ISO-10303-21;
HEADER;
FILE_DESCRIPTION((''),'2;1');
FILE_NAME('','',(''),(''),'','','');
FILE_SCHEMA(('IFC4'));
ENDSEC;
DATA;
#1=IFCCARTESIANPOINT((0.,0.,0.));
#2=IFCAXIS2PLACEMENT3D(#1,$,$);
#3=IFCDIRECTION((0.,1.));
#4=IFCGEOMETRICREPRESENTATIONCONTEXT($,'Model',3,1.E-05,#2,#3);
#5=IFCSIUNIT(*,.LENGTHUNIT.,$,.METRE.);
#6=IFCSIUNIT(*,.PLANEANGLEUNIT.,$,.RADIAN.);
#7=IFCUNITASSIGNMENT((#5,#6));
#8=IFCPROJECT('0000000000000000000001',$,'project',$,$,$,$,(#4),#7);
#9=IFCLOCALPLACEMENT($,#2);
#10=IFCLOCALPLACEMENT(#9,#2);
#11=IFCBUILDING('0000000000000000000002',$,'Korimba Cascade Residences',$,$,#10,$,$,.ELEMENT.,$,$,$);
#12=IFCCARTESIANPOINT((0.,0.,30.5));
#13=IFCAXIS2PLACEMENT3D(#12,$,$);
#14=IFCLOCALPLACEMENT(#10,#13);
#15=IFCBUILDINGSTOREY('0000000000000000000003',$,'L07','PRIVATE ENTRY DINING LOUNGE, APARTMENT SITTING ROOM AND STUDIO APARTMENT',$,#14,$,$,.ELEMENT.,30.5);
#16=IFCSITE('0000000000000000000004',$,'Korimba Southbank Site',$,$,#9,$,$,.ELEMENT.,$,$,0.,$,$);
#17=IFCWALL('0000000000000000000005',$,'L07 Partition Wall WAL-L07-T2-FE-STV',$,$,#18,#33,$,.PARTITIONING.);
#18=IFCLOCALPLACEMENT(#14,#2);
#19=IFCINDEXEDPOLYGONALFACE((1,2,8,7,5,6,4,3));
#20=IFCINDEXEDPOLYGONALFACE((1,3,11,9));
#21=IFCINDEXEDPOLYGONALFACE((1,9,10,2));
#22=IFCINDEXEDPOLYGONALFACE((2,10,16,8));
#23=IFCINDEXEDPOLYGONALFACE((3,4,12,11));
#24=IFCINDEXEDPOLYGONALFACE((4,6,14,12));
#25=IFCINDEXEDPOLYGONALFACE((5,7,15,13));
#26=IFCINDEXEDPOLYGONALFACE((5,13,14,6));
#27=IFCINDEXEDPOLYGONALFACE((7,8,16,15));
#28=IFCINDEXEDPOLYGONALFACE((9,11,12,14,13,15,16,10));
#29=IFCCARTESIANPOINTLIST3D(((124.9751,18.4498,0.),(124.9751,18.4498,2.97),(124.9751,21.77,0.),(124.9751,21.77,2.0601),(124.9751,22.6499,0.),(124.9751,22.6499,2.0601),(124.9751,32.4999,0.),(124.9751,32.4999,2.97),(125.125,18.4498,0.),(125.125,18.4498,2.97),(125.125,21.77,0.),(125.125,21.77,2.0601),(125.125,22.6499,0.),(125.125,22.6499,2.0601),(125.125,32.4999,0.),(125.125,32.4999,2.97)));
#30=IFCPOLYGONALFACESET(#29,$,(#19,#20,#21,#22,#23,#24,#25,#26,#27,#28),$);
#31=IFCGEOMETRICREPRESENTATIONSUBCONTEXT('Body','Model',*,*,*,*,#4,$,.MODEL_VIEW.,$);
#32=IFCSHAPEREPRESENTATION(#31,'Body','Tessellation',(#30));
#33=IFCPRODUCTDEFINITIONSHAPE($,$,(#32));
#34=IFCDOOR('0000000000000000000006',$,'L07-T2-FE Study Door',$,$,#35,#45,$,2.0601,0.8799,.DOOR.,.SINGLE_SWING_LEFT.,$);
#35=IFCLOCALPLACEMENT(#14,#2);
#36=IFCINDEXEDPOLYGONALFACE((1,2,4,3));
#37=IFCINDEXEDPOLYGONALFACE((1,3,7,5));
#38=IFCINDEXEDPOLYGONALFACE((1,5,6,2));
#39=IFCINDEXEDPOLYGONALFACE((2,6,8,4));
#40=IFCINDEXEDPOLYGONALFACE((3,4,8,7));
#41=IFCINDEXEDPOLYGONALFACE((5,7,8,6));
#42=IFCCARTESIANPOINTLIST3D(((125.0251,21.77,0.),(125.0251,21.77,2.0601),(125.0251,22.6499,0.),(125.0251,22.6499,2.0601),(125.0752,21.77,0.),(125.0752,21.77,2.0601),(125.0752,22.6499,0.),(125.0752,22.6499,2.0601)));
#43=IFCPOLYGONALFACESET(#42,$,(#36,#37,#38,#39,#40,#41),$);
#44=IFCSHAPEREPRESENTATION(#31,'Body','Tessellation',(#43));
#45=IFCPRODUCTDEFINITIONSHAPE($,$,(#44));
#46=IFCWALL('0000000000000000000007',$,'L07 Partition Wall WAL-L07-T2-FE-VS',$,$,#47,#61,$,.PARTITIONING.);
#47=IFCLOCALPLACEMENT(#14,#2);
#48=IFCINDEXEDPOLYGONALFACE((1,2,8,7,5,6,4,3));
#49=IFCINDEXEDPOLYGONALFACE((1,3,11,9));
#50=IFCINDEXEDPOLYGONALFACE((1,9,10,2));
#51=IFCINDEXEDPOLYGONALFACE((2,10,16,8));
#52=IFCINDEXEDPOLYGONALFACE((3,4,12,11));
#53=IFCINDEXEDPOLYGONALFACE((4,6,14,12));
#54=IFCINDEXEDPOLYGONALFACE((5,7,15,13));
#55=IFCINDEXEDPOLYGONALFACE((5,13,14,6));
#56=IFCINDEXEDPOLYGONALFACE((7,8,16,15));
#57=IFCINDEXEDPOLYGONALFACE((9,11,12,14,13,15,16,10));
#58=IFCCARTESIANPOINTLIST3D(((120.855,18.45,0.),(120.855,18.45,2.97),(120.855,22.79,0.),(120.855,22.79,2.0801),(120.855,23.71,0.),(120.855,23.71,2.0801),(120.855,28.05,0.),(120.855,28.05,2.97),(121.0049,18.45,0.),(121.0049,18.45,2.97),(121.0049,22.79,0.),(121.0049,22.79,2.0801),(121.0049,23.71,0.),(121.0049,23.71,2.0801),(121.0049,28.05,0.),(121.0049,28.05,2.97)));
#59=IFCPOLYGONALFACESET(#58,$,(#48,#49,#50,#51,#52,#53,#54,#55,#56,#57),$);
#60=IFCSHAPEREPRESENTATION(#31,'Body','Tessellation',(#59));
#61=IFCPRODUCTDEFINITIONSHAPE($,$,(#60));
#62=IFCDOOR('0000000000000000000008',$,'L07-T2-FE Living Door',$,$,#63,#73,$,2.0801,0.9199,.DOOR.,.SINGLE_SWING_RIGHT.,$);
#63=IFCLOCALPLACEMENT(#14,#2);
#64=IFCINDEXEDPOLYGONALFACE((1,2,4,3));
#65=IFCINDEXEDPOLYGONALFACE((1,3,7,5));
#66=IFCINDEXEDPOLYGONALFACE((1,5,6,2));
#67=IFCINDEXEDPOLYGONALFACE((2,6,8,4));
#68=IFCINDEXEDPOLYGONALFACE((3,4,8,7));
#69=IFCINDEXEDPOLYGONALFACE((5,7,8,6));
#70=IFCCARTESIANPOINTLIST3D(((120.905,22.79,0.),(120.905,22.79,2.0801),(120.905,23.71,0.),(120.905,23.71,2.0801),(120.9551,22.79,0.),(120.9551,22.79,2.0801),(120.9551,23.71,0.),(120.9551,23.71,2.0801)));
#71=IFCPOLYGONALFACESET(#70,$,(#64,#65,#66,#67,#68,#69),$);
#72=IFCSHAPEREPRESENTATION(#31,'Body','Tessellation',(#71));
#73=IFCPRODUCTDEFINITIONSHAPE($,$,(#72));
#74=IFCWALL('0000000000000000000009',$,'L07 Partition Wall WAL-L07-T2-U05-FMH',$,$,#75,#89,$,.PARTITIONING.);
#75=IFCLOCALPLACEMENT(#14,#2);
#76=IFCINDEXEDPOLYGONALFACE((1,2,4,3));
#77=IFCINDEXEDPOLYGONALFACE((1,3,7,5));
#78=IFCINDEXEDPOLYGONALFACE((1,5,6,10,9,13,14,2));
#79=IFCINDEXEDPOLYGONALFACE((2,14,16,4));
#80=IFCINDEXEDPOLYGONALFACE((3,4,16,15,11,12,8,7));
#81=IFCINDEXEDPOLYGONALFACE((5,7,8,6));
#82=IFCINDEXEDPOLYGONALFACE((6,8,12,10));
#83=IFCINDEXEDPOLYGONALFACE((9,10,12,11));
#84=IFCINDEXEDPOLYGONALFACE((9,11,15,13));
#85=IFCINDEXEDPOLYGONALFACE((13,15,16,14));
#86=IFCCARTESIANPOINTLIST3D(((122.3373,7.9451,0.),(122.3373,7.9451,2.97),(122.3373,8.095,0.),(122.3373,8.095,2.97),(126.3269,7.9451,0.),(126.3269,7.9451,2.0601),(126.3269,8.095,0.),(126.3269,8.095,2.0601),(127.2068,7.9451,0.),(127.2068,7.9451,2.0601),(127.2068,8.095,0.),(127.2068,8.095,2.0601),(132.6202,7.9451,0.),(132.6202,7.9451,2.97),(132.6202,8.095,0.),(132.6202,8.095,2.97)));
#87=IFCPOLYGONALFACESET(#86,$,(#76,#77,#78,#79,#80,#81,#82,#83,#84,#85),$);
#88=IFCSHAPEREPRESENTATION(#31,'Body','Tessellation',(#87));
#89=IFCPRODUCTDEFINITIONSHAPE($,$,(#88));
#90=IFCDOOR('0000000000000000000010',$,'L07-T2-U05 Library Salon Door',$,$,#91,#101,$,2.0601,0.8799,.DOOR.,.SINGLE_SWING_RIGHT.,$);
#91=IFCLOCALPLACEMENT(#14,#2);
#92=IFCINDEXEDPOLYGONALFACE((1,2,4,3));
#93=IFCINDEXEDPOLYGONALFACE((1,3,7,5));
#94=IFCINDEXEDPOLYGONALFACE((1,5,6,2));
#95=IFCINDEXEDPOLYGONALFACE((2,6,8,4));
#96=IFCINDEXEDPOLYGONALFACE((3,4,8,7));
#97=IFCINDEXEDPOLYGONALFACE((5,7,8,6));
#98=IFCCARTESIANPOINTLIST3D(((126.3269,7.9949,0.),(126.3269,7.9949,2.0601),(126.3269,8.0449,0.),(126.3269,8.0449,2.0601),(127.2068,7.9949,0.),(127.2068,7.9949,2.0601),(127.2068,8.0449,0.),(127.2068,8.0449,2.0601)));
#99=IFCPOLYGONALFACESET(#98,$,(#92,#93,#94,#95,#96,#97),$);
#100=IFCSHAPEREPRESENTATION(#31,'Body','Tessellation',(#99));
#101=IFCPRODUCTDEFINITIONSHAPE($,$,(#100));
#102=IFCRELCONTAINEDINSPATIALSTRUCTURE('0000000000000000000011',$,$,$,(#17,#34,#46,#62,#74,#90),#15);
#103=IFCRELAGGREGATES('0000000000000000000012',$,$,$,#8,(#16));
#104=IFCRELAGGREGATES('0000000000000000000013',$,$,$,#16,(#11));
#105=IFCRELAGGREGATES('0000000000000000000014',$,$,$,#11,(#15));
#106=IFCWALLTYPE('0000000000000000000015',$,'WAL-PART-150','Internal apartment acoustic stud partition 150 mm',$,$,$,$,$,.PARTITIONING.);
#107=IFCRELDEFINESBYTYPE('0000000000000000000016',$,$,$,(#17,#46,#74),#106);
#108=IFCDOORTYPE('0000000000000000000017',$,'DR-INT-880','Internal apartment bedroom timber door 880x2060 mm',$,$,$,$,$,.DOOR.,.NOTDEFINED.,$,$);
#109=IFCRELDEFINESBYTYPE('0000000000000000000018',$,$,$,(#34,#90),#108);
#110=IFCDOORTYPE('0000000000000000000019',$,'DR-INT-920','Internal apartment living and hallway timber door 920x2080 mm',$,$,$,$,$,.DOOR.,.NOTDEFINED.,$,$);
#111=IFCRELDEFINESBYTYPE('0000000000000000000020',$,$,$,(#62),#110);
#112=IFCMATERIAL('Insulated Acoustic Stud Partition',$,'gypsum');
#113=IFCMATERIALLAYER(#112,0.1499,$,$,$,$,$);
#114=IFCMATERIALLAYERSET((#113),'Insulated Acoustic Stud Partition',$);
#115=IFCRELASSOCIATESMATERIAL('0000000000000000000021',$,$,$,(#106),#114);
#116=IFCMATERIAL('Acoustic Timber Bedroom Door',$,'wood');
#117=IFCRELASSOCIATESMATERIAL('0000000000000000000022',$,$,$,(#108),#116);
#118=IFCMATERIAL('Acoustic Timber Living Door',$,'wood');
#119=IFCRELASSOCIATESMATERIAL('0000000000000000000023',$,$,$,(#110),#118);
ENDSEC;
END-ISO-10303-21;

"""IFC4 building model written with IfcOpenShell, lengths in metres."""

from ifc_helpers import new_model, si_unit, direction, frame, frame_2d, origin, place, context, subcontext, project, spatial, rectangle, extrude, material, layer, layer_set, type_object, element, fill, save


model = new_model("IFC4")

# Units and contexts
model_context = context("Model", 3, precision=1e-05, world=origin(), true_north=direction((0.0, 1.0)))
body_context = subcontext(model_context, "Body", "Model", "MODEL_VIEW")
ifc_project = project(units=[si_unit("LENGTHUNIT", "METRE"), si_unit("PLANEANGLEUNIT", "RADIAN")], contexts=[model_context])

# Site, building, storey
site_placement = place(None, origin())
site = spatial("IfcSite", under=ifc_project, at=site_placement, Name="Korimba Southbank Site", CompositionType="ELEMENT", RefElevation=0.0)
building_placement = place(site_placement, origin())
building = spatial("IfcBuilding", under=site, at=building_placement, Name="Korimba Cascade Residences", CompositionType="ELEMENT")
storey_placement = place(building_placement, frame((0.0, 0.0, 30.5)))
storey = spatial("IfcBuildingStorey", under=building, at=storey_placement, Name="L07", Description="PRIVATE ENTRY DINING LOUNGE, APARTMENT SITTING ROOM AND STUDIO APARTMENT", CompositionType="ELEMENT", Elevation=30.5)

# Walls, openings, doors
ifc_material_1 = material(Name="Insulated Acoustic Stud Partition", Category="gypsum")
ifc_layer_1 = layer(ifc_material_1, 0.1499)
ifc_layer_set_1 = layer_set([ifc_layer_1], Name="Insulated Acoustic Stud Partition")
wall_type_1 = type_object("IfcWallType", Name="WAL-PART-150", Description="Internal apartment acoustic stud partition 150 mm", PredefinedType="PARTITIONING", material=ifc_layer_set_1)
wall_1_placement = place(storey_placement, frame((125.05, 18.45, 0.0), z_axis=(0.0, 0.0, 1.0), x_axis=(0.0, 1.0, 0.0)))
wall_1 = element("IfcWall", 1, at=wall_1_placement, inside=storey, type_object=wall_type_1, Name="L07 Partition Wall WAL-L07-T2-FE-STV", PredefinedType="PARTITIONING", context=body_context, shape_type="SweptSolid", body=[
    extrude(rectangle(XDim=14.05, YDim=0.1499, at=frame_2d((7.0249, 0.0))), origin(), (0.0, 0.0, 1.0), 2.97),
])
opening_1_placement = place(wall_1_placement, frame((3.3201, 0.0, 0.0)))
opening_1 = element("IfcOpeningElement", 2, at=opening_1_placement, cuts=wall_1, PredefinedType="OPENING", context=body_context, shape_type="SweptSolid", body=[
    extrude(rectangle(XDim=0.8799, YDim=2.0601, at=frame_2d((0.4399, 1.03))), frame((0.0, 0.085, 0.0), z_axis=(0.0, -1.0, 0.0), x_axis=(1.0, 0.0, 0.0)), (0.0, 0.0, 1.0), 0.1699),
])
ifc_material_2 = material(Name="Acoustic Timber Bedroom Door", Category="wood")
door_type_1 = type_object("IfcDoorType", Name="DR-INT-880", Description="Internal apartment bedroom timber door 880x2060 mm", OperationType="NOTDEFINED", PredefinedType="DOOR", material=ifc_material_2)
door_1_placement = place(opening_1_placement, origin())
door_1 = element("IfcDoor", 3, at=door_1_placement, inside=storey, type_object=door_type_1, Name="L07-T2-FE Study Door", OperationType="SINGLE_SWING_LEFT", OverallHeight=2.0601, OverallWidth=0.8799, PredefinedType="DOOR", context=body_context, shape_type="SweptSolid", body=[
    extrude(rectangle(XDim=0.8799, YDim=2.0601, at=frame_2d((0.4399, 1.03))), frame((0.0, 0.0249, 0.0), z_axis=(0.0, -1.0, 0.0), x_axis=(1.0, 0.0, 0.0)), (0.0, 0.0, 1.0), 0.05),
])
fill(opening_1, door_1)
wall_2_placement = place(storey_placement, frame((120.9299, 18.45, 0.0), z_axis=(0.0, 0.0, 1.0), x_axis=(0.0, 1.0, 0.0)))
wall_2 = element("IfcWall", 4, at=wall_2_placement, inside=storey, type_object=wall_type_1, Name="L07 Partition Wall WAL-L07-T2-FE-VS", PredefinedType="PARTITIONING", context=body_context, shape_type="SweptSolid", body=[
    extrude(rectangle(XDim=9.6001, YDim=0.1499, at=frame_2d((4.8, 0.0))), origin(), (0.0, 0.0, 1.0), 2.97),
])
opening_2_placement = place(wall_2_placement, frame((4.3401, 0.0, 0.0)))
opening_2 = element("IfcOpeningElement", 5, at=opening_2_placement, cuts=wall_2, PredefinedType="OPENING", context=body_context, shape_type="SweptSolid", body=[
    extrude(rectangle(XDim=0.9199, YDim=2.0801, at=frame_2d((0.46, 1.04))), frame((0.0, 0.085, 0.0), z_axis=(0.0, -1.0, 0.0), x_axis=(1.0, 0.0, 0.0)), (0.0, 0.0, 1.0), 0.1699),
])
ifc_material_3 = material(Name="Acoustic Timber Living Door", Category="wood")
door_type_2 = type_object("IfcDoorType", Name="DR-INT-920", Description="Internal apartment living and hallway timber door 920x2080 mm", OperationType="NOTDEFINED", PredefinedType="DOOR", material=ifc_material_3)
door_2_placement = place(opening_2_placement, origin())
door_2 = element("IfcDoor", 6, at=door_2_placement, inside=storey, type_object=door_type_2, Name="L07-T2-FE Living Door", OperationType="SINGLE_SWING_RIGHT", OverallHeight=2.0801, OverallWidth=0.9199, PredefinedType="DOOR", context=body_context, shape_type="SweptSolid", body=[
    extrude(rectangle(XDim=0.9199, YDim=2.0801, at=frame_2d((0.46, 1.04))), frame((0.0, 0.0249, 0.0), z_axis=(0.0, -1.0, 0.0), x_axis=(1.0, 0.0, 0.0)), (0.0, 0.0, 1.0), 0.05),
])
fill(opening_2, door_2)
wall_3_placement = place(storey_placement, frame((122.3372, 8.02, 0.0), z_axis=(0.0, 0.0, 1.0), x_axis=(1.0, 0.0, 0.0)))
wall_3 = element("IfcWall", 7, at=wall_3_placement, inside=storey, type_object=wall_type_1, Name="L07 Partition Wall WAL-L07-T2-U05-FMH", PredefinedType="PARTITIONING", context=body_context, shape_type="SweptSolid", body=[
    extrude(rectangle(XDim=10.283, YDim=0.1499, at=frame_2d((5.1416, 0.0))), origin(), (0.0, 0.0, 1.0), 2.97),
])
opening_3_placement = place(wall_3_placement, frame((3.9897, 0.0, 0.0)))
opening_3 = element("IfcOpeningElement", 8, at=opening_3_placement, cuts=wall_3, PredefinedType="OPENING", context=body_context, shape_type="SweptSolid", body=[
    extrude(rectangle(XDim=0.8799, YDim=2.0601, at=frame_2d((0.4399, 1.03))), frame((0.0, 0.085, 0.0), z_axis=(0.0, -1.0, 0.0), x_axis=(1.0, 0.0, 0.0)), (0.0, 0.0, 1.0), 0.1699),
])
door_3_placement = place(opening_3_placement, origin())
door_3 = element("IfcDoor", 9, at=door_3_placement, inside=storey, type_object=door_type_1, Name="L07-T2-U05 Library Salon Door", OperationType="SINGLE_SWING_RIGHT", OverallHeight=2.0601, OverallWidth=0.8799, PredefinedType="DOOR", context=body_context, shape_type="SweptSolid", body=[
    extrude(rectangle(XDim=0.8799, YDim=2.0601, at=frame_2d((0.4399, 1.03))), frame((0.0, 0.0249, 0.0), z_axis=(0.0, -1.0, 0.0), x_axis=(1.0, 0.0, 0.0)), (0.0, 0.0, 1.0), 0.05),
])
fill(opening_3, door_3)

save(model, "model.ifc")
